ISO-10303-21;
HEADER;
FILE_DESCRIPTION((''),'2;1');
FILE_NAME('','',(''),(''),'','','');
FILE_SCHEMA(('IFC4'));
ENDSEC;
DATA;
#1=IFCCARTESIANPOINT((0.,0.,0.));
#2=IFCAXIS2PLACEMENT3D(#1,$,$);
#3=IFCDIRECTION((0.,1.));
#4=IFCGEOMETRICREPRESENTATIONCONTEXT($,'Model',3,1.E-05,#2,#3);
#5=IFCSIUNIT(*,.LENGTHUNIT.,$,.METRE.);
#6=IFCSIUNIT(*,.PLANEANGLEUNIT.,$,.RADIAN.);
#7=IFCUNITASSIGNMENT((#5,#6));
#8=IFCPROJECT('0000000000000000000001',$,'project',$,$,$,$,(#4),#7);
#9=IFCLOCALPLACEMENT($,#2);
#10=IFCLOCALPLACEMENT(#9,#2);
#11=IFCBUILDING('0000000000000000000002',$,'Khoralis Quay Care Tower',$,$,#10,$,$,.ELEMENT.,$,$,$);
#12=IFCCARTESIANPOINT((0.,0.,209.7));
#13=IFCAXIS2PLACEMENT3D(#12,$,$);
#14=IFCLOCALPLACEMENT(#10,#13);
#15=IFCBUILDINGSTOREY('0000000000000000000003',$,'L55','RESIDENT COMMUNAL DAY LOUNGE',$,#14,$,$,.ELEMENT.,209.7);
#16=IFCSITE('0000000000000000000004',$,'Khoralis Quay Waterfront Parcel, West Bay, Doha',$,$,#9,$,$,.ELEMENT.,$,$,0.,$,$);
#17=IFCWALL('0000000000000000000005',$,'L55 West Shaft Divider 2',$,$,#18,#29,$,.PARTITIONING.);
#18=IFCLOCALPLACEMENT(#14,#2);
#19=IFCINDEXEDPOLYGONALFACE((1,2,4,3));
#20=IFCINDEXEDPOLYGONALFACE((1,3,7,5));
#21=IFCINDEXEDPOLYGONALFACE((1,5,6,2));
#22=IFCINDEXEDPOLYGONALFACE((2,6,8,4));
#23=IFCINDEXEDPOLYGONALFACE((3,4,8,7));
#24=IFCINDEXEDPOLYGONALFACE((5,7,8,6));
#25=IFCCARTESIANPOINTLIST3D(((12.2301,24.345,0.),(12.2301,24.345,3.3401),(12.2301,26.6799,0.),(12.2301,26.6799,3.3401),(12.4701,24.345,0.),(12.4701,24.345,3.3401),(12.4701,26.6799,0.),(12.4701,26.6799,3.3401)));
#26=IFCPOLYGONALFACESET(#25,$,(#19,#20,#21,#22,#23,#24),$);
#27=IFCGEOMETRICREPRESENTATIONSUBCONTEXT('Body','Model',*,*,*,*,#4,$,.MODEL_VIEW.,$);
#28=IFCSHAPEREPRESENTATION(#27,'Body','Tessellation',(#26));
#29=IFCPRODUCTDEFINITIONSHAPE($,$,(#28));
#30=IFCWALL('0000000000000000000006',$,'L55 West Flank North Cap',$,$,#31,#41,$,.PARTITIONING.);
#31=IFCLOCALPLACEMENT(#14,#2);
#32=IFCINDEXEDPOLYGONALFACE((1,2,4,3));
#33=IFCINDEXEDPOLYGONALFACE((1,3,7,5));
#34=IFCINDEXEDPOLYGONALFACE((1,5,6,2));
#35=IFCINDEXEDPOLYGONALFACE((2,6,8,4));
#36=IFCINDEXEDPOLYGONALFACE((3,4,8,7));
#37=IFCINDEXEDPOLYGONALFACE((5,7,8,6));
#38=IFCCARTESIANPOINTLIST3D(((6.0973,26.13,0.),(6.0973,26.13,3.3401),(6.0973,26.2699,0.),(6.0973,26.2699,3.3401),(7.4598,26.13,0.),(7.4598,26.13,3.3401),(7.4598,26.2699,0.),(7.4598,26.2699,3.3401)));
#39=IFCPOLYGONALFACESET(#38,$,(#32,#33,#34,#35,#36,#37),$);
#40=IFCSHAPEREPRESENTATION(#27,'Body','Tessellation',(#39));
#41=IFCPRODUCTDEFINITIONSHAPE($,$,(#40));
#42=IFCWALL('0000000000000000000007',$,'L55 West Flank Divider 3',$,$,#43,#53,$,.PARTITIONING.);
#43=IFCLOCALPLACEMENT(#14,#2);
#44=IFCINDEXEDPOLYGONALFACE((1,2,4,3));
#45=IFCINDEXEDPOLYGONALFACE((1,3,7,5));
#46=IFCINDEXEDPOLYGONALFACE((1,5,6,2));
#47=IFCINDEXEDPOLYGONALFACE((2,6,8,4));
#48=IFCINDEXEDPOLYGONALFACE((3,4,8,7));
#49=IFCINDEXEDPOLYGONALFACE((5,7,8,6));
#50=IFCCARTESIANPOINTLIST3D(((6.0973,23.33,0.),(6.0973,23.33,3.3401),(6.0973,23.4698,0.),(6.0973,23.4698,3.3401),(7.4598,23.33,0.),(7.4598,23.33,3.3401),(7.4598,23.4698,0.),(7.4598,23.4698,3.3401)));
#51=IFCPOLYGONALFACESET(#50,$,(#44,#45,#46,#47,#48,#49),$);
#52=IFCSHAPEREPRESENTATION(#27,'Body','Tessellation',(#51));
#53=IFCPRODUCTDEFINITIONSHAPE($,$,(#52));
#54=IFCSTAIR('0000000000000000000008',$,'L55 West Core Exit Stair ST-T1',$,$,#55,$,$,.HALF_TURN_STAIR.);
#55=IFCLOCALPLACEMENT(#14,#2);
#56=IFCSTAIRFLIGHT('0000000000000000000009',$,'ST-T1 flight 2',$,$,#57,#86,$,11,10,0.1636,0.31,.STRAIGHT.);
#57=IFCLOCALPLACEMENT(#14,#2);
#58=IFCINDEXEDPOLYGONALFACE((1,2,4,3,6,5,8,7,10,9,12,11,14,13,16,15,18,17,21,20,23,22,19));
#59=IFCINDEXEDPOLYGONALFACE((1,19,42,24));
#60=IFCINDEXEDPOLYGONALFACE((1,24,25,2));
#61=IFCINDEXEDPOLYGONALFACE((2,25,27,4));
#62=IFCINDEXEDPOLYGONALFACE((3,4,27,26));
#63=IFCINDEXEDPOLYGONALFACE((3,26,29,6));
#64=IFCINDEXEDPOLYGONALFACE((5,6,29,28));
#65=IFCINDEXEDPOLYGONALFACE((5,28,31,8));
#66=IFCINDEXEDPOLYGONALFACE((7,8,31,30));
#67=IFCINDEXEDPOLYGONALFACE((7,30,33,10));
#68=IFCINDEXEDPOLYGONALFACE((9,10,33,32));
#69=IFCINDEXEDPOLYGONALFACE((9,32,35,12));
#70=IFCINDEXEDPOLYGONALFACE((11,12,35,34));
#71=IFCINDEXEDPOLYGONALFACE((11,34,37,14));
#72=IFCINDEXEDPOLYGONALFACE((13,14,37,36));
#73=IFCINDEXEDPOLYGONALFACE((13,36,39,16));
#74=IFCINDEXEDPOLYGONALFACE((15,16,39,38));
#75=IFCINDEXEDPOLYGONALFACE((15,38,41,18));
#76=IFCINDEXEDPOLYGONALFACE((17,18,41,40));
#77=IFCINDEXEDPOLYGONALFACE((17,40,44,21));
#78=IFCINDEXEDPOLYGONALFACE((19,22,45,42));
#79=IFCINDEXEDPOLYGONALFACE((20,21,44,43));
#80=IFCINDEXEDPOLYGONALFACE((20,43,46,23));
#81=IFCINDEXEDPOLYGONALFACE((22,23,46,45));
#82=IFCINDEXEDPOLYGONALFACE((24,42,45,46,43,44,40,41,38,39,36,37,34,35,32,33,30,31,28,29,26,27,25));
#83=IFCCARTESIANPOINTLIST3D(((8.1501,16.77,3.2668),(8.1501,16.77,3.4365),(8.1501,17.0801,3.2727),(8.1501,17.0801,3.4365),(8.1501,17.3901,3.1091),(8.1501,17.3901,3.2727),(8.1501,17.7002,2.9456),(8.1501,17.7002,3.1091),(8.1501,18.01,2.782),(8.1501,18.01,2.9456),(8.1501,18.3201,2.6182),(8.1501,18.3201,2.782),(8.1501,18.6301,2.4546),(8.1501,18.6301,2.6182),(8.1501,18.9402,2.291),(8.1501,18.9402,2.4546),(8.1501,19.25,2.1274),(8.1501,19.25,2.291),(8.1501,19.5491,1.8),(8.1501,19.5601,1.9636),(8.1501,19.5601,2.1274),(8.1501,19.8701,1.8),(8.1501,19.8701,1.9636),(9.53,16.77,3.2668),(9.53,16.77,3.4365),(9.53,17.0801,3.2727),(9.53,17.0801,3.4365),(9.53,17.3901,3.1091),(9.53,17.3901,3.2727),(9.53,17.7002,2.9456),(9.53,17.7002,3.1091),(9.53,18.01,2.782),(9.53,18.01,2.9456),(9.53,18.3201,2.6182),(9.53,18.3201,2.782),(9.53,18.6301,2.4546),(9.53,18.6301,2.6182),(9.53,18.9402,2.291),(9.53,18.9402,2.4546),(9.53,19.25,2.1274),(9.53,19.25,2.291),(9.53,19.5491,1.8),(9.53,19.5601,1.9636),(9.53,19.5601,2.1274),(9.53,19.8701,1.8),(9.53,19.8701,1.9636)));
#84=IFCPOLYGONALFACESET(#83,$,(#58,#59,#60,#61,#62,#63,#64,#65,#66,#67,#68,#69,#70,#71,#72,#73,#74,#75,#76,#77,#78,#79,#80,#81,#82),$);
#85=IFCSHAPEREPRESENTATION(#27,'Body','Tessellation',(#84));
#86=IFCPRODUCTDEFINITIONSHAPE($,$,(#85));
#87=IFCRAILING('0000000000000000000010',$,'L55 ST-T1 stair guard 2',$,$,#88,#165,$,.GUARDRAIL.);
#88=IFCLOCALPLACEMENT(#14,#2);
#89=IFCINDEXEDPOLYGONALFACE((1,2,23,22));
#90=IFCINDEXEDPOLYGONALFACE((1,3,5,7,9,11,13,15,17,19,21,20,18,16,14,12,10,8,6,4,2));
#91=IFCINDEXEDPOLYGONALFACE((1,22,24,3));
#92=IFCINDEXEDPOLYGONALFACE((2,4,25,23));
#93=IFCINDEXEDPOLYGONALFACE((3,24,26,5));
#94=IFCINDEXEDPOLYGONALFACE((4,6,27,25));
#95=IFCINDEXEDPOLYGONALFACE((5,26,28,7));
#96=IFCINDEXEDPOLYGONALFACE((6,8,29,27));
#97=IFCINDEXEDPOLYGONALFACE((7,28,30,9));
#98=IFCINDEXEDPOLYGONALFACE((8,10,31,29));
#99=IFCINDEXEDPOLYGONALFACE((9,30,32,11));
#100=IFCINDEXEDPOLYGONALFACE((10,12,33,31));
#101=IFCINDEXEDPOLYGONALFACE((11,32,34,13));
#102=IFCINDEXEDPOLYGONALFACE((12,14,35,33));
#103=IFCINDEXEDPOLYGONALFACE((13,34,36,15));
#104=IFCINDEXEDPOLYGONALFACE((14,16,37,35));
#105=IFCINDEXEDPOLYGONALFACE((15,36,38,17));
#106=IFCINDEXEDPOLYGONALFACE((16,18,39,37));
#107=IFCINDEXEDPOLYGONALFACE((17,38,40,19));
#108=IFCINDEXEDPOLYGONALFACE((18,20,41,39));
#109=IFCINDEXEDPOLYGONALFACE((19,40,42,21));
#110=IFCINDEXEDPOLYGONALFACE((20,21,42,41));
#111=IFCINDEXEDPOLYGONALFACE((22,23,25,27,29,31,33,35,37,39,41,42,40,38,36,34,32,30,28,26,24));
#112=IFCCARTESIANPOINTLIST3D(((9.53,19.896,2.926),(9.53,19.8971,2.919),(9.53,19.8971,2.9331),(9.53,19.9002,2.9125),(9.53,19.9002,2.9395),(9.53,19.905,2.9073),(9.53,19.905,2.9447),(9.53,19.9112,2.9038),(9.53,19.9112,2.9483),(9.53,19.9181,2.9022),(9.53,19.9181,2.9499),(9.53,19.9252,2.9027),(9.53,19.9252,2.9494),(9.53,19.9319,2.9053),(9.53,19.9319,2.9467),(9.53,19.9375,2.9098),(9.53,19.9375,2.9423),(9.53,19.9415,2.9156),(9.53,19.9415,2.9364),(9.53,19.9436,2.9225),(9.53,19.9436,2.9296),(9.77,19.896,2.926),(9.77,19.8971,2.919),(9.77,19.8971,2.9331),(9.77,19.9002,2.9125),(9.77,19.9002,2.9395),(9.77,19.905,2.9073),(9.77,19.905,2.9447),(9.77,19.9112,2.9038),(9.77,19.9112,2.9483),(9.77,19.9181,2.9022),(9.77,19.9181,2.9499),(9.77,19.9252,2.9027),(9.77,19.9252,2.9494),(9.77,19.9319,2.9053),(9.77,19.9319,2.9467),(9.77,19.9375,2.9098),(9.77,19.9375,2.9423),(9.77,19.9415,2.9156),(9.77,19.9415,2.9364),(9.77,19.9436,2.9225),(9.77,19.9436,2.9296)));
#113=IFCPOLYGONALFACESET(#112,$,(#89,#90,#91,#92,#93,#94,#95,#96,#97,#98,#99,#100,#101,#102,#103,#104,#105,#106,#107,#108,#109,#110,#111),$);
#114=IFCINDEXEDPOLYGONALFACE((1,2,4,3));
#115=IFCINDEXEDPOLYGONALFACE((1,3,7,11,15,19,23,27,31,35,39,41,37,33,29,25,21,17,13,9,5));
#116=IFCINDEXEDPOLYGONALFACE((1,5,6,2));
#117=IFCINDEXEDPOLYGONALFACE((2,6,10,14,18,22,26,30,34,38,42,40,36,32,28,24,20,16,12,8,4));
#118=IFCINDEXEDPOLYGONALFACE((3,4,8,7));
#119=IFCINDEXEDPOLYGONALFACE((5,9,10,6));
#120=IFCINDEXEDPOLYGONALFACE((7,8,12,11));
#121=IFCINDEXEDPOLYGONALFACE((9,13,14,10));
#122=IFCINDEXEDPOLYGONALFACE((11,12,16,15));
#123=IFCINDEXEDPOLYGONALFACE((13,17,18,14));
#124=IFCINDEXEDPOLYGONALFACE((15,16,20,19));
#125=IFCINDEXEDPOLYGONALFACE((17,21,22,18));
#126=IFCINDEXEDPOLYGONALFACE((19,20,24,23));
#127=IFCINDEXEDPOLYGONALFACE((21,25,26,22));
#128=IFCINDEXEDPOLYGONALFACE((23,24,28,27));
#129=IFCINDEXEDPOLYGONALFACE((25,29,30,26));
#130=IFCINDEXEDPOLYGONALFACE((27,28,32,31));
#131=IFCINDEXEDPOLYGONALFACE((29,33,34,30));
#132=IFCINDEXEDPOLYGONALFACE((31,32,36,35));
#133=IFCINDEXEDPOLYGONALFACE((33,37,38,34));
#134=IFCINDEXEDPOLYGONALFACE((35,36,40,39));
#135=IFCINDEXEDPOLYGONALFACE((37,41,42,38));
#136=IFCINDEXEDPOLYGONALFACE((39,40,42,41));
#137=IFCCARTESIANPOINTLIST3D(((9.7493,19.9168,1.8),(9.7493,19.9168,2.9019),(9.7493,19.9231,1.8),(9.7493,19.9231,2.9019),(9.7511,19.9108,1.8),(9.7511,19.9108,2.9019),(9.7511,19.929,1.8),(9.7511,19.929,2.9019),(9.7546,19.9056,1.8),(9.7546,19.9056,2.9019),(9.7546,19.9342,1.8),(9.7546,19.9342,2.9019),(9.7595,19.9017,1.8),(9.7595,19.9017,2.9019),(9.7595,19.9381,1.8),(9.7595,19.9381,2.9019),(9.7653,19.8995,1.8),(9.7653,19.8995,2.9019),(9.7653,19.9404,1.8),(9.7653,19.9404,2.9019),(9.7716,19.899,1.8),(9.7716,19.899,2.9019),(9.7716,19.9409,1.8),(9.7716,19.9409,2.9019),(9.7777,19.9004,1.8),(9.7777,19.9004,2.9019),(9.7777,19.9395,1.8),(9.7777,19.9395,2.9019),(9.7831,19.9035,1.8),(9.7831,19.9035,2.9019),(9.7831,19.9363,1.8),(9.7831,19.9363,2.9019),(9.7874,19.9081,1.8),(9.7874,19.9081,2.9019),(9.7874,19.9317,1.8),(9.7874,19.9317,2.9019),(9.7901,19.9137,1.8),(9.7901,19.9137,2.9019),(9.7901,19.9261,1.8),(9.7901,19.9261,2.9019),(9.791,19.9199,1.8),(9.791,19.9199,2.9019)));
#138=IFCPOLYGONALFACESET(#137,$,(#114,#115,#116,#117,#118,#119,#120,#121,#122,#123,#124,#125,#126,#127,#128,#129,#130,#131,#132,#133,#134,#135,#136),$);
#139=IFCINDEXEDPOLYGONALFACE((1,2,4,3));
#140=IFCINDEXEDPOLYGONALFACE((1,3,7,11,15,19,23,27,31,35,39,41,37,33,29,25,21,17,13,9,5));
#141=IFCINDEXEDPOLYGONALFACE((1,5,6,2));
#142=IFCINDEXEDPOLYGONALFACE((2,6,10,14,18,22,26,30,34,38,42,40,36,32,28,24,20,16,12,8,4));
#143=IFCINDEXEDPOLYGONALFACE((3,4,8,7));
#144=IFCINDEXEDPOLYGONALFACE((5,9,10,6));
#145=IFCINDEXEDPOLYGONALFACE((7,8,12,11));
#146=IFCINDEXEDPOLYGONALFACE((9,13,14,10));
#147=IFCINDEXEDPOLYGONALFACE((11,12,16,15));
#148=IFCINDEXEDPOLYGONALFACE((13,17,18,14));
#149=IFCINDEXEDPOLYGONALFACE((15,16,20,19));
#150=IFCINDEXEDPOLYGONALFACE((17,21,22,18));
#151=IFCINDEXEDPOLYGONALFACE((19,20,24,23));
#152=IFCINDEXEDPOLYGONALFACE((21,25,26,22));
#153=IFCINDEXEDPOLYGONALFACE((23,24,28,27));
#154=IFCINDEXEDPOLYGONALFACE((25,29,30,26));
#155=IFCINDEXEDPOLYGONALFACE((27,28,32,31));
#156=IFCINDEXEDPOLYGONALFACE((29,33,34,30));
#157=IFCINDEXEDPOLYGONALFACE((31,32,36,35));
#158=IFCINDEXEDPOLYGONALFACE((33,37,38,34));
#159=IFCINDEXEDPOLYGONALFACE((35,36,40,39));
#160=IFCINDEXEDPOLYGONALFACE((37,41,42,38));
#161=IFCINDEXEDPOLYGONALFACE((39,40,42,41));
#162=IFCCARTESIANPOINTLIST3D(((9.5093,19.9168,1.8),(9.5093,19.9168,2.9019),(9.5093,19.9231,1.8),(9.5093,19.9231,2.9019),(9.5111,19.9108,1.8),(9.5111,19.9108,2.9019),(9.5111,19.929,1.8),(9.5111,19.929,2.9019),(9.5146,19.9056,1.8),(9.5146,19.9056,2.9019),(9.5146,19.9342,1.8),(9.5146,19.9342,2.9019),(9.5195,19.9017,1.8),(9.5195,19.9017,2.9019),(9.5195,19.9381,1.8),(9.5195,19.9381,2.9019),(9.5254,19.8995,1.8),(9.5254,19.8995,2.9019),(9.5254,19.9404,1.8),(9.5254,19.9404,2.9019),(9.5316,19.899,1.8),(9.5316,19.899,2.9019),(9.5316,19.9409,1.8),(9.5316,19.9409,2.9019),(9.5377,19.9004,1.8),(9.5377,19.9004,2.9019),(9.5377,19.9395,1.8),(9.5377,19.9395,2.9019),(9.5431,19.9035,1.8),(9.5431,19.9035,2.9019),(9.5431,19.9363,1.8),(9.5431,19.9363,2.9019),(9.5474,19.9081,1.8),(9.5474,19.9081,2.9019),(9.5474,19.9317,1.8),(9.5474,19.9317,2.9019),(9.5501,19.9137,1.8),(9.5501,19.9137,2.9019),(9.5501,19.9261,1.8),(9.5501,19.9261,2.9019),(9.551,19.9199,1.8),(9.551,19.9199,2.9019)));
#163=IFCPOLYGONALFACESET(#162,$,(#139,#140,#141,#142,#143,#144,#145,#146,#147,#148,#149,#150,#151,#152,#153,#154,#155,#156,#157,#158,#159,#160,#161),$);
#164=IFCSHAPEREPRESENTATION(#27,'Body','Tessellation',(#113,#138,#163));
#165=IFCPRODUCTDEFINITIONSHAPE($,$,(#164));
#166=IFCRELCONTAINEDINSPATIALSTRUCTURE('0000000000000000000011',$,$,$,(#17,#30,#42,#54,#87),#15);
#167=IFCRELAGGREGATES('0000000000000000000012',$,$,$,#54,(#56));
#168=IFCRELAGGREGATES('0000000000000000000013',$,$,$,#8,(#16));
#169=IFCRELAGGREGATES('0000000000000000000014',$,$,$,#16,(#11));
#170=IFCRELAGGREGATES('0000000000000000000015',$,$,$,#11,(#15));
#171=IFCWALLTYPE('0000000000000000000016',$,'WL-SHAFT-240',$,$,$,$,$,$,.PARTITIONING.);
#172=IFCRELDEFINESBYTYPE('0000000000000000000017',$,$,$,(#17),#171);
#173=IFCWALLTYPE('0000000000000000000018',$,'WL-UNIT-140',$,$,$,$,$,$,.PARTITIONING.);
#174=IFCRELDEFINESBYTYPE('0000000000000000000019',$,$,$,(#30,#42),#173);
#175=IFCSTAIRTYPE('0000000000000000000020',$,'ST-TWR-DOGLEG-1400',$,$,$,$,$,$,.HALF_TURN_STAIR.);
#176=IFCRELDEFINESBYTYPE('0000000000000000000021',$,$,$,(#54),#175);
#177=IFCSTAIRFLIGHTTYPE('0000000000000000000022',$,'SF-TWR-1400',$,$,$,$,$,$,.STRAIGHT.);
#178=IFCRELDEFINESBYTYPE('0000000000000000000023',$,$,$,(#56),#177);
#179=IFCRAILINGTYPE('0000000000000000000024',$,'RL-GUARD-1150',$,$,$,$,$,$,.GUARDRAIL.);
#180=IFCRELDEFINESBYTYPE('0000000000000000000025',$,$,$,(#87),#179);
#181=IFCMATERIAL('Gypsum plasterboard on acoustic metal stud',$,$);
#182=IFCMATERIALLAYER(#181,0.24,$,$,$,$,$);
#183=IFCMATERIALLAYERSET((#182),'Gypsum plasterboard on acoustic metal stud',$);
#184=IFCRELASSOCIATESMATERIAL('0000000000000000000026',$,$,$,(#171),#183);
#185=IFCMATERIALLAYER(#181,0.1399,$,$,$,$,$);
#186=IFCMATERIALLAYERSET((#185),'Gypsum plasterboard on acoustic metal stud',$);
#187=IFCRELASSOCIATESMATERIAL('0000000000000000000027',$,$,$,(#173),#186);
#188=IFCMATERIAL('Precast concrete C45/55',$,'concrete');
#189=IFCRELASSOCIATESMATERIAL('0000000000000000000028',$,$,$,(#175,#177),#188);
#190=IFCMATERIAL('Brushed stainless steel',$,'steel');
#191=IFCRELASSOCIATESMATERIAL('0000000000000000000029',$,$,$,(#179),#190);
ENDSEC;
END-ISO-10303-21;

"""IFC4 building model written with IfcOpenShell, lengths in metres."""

from ifc_helpers import new_model, si_unit, direction, frame, frame_2d, origin, origin_2d, place, context, subcontext, project, spatial, polyline, rectangle, circle, outline, extrude, source, transform, mapped, material, layer, layer_set, type_object, element, aggregate, save


model = new_model("IFC4")

# Units and contexts
model_context = context("Model", 3, precision=1e-05, world=origin(), true_north=direction((0.0, 1.0)))
body_context = subcontext(model_context, "Body", "Model", "MODEL_VIEW")
ifc_project = project(units=[si_unit("LENGTHUNIT", "METRE"), si_unit("PLANEANGLEUNIT", "RADIAN")], contexts=[model_context])

# Site, building, storey
site_placement = place(None, origin())
site = spatial("IfcSite", under=ifc_project, at=site_placement, Name="Khoralis Quay Waterfront Parcel, West Bay, Doha", CompositionType="ELEMENT", RefElevation=0.0)
building_placement = place(site_placement, origin())
building = spatial("IfcBuilding", under=site, at=building_placement, Name="Khoralis Quay Care Tower", CompositionType="ELEMENT")
storey_placement = place(building_placement, frame((0.0, 0.0, 209.7)))
storey = spatial("IfcBuildingStorey", under=building, at=storey_placement, Name="L55", Description="RESIDENT COMMUNAL DAY LOUNGE", CompositionType="ELEMENT", Elevation=209.7)

# Shared definitions
ifc_material_1 = material(Name="Brushed stainless steel", Category="steel")

# Walls
ifc_material_2 = material(Name="Gypsum plasterboard on acoustic metal stud")
ifc_layer_1 = layer(ifc_material_2, 0.24)
ifc_layer_set_1 = layer_set([ifc_layer_1], Name="Gypsum plasterboard on acoustic metal stud")
wall_type_1 = type_object("IfcWallType", Name="WL-SHAFT-240", PredefinedType="PARTITIONING", material=ifc_layer_set_1)
wall_1_placement = place(storey_placement, frame((12.3501, 24.345, 0.0), z_axis=(0.0, 0.0, 1.0), x_axis=(0.0, 1.0, 0.0)))
element("IfcWall", 1, at=wall_1_placement, inside=storey, type_object=wall_type_1, Name="L55 West Shaft Divider 2", PredefinedType="PARTITIONING", context=body_context, shape_type="SweptSolid", body=[
    extrude(rectangle(XDim=2.335, YDim=0.24, at=frame_2d((1.1675, 0.0))), origin(), (0.0, 0.0, 1.0), 3.3401),
])
ifc_layer_2 = layer(ifc_material_2, 0.1399)
ifc_layer_set_2 = layer_set([ifc_layer_2], Name="Gypsum plasterboard on acoustic metal stud")
wall_type_2 = type_object("IfcWallType", Name="WL-UNIT-140", PredefinedType="PARTITIONING", material=ifc_layer_set_2)
for number, where, z_axis, x_axis, name in (
    (2, (6.0974, 26.2, 0.0), (0.0, 0.0, 1.0), (1.0, 0.0, 0.0), "L55 West Flank North Cap"),
    (3, (6.0974, 23.3999, 0.0), (0.0, 0.0, 1.0), (1.0, 0.0, 0.0), "L55 West Flank Divider 3"),
):
    element("IfcWall", number, at=place(storey_placement, frame(where, z_axis=z_axis, x_axis=x_axis)), inside=storey, type_object=wall_type_2, Name=name, PredefinedType="PARTITIONING", context=body_context, shape_type="SweptSolid", body=[
        extrude(rectangle(XDim=1.3625, YDim=0.1399, at=frame_2d((0.6812, 0.0))), origin(), (0.0, 0.0, 1.0), 3.3401),
    ])

# Stair, stair flight
ifc_material_3 = material(Name="Precast concrete C45/55", Category="concrete")
stair_type = type_object("IfcStairType", Name="ST-TWR-DOGLEG-1400", PredefinedType="HALF_TURN_STAIR", material=ifc_material_3)
stair_placement = place(storey_placement, origin())
stair = element("IfcStair", 4, at=stair_placement, inside=storey, type_object=stair_type, Name="L55 West Core Exit Stair ST-T1", PredefinedType="HALF_TURN_STAIR")
stair_flight_type = type_object("IfcStairFlightType", Name="SF-TWR-1400", PredefinedType="STRAIGHT", material=ifc_material_3)
shared_shape_1 = source(origin(), body_context, "Body", "SweptSolid", [
    extrude(outline(polyline([(0.0, 0.0), (0.0, 0.1636), (0.3101, 0.1636), (0.3101, 0.3274), (0.6201, 0.3274), (0.6201, 0.491), (0.9299, 0.491), (0.9299, 0.6545), (1.24, 0.6545), (1.24, 0.8181), (1.55, 0.8181), (1.55, 0.9819), (1.8601, 0.9819), (1.8601, 1.1455), (2.1699, 1.1455), (2.1699, 1.3091), (2.48, 1.3091), (2.48, 1.4727), (2.79, 1.4727), (2.79, 1.6365), (3.1001, 1.6365), (3.1001, 1.8), (3.1001, 1.4668), (0.321, 0.0), (0.0, 0.0)])), frame((0.0, 0.6899, 0.0), z_axis=(0.0, -1.0, 0.0), x_axis=(1.0, 0.0, 0.0)), (0.0, 0.0, 1.0), 1.3799),
])
stair_flight_placement = place(storey_placement, frame((8.8401, 19.8701, 1.8), z_axis=(0.0, 0.0, 1.0), x_axis=(0.0, -1.0, 0.0)))
stair_flight = element("IfcStairFlight", 5, at=stair_flight_placement, type_object=stair_flight_type, Name="ST-T1 flight 2", NumberOfRisers=11, NumberOfTreads=10, PredefinedType="STRAIGHT", RiserHeight=0.1636, TreadLength=0.31, context=body_context, shape_type="MappedRepresentation", body=[
    mapped(shared_shape_1, transform((0.0, 0.0, 0.0), scale=1.0)),
])
aggregate(stair, [stair_flight])

# Railing
railing_type_1 = type_object("IfcRailingType", Name="RL-GUARD-1150", PredefinedType="GUARDRAIL", material=ifc_material_1)
railing_1_placement = place(storey_placement, frame((9.77, 19.9199, 1.8)))
element("IfcRailing", 6, at=railing_1_placement, inside=storey, type_object=railing_type_1, Name="L55 ST-T1 stair guard 2", PredefinedType="GUARDRAIL", context=body_context, shape_type="SweptSolid", body=[
    extrude(circle(Radius=0.0239, at=origin_2d()), frame((0.0, 0.0, 1.126), z_axis=(-1.0, 0.0, 0.0), x_axis=(0.0, -1.0, 0.0)), (0.0, 0.0, 1.0), 0.24),
    extrude(circle(Radius=0.021, at=origin_2d()), origin(), (0.0, 0.0, 1.0), 1.1018),
    extrude(circle(Radius=0.021, at=origin_2d()), frame((-0.24, 0.0, 0.0)), (0.0, 0.0, 1.0), 1.1018),
])

save(model, "model.ifc")
